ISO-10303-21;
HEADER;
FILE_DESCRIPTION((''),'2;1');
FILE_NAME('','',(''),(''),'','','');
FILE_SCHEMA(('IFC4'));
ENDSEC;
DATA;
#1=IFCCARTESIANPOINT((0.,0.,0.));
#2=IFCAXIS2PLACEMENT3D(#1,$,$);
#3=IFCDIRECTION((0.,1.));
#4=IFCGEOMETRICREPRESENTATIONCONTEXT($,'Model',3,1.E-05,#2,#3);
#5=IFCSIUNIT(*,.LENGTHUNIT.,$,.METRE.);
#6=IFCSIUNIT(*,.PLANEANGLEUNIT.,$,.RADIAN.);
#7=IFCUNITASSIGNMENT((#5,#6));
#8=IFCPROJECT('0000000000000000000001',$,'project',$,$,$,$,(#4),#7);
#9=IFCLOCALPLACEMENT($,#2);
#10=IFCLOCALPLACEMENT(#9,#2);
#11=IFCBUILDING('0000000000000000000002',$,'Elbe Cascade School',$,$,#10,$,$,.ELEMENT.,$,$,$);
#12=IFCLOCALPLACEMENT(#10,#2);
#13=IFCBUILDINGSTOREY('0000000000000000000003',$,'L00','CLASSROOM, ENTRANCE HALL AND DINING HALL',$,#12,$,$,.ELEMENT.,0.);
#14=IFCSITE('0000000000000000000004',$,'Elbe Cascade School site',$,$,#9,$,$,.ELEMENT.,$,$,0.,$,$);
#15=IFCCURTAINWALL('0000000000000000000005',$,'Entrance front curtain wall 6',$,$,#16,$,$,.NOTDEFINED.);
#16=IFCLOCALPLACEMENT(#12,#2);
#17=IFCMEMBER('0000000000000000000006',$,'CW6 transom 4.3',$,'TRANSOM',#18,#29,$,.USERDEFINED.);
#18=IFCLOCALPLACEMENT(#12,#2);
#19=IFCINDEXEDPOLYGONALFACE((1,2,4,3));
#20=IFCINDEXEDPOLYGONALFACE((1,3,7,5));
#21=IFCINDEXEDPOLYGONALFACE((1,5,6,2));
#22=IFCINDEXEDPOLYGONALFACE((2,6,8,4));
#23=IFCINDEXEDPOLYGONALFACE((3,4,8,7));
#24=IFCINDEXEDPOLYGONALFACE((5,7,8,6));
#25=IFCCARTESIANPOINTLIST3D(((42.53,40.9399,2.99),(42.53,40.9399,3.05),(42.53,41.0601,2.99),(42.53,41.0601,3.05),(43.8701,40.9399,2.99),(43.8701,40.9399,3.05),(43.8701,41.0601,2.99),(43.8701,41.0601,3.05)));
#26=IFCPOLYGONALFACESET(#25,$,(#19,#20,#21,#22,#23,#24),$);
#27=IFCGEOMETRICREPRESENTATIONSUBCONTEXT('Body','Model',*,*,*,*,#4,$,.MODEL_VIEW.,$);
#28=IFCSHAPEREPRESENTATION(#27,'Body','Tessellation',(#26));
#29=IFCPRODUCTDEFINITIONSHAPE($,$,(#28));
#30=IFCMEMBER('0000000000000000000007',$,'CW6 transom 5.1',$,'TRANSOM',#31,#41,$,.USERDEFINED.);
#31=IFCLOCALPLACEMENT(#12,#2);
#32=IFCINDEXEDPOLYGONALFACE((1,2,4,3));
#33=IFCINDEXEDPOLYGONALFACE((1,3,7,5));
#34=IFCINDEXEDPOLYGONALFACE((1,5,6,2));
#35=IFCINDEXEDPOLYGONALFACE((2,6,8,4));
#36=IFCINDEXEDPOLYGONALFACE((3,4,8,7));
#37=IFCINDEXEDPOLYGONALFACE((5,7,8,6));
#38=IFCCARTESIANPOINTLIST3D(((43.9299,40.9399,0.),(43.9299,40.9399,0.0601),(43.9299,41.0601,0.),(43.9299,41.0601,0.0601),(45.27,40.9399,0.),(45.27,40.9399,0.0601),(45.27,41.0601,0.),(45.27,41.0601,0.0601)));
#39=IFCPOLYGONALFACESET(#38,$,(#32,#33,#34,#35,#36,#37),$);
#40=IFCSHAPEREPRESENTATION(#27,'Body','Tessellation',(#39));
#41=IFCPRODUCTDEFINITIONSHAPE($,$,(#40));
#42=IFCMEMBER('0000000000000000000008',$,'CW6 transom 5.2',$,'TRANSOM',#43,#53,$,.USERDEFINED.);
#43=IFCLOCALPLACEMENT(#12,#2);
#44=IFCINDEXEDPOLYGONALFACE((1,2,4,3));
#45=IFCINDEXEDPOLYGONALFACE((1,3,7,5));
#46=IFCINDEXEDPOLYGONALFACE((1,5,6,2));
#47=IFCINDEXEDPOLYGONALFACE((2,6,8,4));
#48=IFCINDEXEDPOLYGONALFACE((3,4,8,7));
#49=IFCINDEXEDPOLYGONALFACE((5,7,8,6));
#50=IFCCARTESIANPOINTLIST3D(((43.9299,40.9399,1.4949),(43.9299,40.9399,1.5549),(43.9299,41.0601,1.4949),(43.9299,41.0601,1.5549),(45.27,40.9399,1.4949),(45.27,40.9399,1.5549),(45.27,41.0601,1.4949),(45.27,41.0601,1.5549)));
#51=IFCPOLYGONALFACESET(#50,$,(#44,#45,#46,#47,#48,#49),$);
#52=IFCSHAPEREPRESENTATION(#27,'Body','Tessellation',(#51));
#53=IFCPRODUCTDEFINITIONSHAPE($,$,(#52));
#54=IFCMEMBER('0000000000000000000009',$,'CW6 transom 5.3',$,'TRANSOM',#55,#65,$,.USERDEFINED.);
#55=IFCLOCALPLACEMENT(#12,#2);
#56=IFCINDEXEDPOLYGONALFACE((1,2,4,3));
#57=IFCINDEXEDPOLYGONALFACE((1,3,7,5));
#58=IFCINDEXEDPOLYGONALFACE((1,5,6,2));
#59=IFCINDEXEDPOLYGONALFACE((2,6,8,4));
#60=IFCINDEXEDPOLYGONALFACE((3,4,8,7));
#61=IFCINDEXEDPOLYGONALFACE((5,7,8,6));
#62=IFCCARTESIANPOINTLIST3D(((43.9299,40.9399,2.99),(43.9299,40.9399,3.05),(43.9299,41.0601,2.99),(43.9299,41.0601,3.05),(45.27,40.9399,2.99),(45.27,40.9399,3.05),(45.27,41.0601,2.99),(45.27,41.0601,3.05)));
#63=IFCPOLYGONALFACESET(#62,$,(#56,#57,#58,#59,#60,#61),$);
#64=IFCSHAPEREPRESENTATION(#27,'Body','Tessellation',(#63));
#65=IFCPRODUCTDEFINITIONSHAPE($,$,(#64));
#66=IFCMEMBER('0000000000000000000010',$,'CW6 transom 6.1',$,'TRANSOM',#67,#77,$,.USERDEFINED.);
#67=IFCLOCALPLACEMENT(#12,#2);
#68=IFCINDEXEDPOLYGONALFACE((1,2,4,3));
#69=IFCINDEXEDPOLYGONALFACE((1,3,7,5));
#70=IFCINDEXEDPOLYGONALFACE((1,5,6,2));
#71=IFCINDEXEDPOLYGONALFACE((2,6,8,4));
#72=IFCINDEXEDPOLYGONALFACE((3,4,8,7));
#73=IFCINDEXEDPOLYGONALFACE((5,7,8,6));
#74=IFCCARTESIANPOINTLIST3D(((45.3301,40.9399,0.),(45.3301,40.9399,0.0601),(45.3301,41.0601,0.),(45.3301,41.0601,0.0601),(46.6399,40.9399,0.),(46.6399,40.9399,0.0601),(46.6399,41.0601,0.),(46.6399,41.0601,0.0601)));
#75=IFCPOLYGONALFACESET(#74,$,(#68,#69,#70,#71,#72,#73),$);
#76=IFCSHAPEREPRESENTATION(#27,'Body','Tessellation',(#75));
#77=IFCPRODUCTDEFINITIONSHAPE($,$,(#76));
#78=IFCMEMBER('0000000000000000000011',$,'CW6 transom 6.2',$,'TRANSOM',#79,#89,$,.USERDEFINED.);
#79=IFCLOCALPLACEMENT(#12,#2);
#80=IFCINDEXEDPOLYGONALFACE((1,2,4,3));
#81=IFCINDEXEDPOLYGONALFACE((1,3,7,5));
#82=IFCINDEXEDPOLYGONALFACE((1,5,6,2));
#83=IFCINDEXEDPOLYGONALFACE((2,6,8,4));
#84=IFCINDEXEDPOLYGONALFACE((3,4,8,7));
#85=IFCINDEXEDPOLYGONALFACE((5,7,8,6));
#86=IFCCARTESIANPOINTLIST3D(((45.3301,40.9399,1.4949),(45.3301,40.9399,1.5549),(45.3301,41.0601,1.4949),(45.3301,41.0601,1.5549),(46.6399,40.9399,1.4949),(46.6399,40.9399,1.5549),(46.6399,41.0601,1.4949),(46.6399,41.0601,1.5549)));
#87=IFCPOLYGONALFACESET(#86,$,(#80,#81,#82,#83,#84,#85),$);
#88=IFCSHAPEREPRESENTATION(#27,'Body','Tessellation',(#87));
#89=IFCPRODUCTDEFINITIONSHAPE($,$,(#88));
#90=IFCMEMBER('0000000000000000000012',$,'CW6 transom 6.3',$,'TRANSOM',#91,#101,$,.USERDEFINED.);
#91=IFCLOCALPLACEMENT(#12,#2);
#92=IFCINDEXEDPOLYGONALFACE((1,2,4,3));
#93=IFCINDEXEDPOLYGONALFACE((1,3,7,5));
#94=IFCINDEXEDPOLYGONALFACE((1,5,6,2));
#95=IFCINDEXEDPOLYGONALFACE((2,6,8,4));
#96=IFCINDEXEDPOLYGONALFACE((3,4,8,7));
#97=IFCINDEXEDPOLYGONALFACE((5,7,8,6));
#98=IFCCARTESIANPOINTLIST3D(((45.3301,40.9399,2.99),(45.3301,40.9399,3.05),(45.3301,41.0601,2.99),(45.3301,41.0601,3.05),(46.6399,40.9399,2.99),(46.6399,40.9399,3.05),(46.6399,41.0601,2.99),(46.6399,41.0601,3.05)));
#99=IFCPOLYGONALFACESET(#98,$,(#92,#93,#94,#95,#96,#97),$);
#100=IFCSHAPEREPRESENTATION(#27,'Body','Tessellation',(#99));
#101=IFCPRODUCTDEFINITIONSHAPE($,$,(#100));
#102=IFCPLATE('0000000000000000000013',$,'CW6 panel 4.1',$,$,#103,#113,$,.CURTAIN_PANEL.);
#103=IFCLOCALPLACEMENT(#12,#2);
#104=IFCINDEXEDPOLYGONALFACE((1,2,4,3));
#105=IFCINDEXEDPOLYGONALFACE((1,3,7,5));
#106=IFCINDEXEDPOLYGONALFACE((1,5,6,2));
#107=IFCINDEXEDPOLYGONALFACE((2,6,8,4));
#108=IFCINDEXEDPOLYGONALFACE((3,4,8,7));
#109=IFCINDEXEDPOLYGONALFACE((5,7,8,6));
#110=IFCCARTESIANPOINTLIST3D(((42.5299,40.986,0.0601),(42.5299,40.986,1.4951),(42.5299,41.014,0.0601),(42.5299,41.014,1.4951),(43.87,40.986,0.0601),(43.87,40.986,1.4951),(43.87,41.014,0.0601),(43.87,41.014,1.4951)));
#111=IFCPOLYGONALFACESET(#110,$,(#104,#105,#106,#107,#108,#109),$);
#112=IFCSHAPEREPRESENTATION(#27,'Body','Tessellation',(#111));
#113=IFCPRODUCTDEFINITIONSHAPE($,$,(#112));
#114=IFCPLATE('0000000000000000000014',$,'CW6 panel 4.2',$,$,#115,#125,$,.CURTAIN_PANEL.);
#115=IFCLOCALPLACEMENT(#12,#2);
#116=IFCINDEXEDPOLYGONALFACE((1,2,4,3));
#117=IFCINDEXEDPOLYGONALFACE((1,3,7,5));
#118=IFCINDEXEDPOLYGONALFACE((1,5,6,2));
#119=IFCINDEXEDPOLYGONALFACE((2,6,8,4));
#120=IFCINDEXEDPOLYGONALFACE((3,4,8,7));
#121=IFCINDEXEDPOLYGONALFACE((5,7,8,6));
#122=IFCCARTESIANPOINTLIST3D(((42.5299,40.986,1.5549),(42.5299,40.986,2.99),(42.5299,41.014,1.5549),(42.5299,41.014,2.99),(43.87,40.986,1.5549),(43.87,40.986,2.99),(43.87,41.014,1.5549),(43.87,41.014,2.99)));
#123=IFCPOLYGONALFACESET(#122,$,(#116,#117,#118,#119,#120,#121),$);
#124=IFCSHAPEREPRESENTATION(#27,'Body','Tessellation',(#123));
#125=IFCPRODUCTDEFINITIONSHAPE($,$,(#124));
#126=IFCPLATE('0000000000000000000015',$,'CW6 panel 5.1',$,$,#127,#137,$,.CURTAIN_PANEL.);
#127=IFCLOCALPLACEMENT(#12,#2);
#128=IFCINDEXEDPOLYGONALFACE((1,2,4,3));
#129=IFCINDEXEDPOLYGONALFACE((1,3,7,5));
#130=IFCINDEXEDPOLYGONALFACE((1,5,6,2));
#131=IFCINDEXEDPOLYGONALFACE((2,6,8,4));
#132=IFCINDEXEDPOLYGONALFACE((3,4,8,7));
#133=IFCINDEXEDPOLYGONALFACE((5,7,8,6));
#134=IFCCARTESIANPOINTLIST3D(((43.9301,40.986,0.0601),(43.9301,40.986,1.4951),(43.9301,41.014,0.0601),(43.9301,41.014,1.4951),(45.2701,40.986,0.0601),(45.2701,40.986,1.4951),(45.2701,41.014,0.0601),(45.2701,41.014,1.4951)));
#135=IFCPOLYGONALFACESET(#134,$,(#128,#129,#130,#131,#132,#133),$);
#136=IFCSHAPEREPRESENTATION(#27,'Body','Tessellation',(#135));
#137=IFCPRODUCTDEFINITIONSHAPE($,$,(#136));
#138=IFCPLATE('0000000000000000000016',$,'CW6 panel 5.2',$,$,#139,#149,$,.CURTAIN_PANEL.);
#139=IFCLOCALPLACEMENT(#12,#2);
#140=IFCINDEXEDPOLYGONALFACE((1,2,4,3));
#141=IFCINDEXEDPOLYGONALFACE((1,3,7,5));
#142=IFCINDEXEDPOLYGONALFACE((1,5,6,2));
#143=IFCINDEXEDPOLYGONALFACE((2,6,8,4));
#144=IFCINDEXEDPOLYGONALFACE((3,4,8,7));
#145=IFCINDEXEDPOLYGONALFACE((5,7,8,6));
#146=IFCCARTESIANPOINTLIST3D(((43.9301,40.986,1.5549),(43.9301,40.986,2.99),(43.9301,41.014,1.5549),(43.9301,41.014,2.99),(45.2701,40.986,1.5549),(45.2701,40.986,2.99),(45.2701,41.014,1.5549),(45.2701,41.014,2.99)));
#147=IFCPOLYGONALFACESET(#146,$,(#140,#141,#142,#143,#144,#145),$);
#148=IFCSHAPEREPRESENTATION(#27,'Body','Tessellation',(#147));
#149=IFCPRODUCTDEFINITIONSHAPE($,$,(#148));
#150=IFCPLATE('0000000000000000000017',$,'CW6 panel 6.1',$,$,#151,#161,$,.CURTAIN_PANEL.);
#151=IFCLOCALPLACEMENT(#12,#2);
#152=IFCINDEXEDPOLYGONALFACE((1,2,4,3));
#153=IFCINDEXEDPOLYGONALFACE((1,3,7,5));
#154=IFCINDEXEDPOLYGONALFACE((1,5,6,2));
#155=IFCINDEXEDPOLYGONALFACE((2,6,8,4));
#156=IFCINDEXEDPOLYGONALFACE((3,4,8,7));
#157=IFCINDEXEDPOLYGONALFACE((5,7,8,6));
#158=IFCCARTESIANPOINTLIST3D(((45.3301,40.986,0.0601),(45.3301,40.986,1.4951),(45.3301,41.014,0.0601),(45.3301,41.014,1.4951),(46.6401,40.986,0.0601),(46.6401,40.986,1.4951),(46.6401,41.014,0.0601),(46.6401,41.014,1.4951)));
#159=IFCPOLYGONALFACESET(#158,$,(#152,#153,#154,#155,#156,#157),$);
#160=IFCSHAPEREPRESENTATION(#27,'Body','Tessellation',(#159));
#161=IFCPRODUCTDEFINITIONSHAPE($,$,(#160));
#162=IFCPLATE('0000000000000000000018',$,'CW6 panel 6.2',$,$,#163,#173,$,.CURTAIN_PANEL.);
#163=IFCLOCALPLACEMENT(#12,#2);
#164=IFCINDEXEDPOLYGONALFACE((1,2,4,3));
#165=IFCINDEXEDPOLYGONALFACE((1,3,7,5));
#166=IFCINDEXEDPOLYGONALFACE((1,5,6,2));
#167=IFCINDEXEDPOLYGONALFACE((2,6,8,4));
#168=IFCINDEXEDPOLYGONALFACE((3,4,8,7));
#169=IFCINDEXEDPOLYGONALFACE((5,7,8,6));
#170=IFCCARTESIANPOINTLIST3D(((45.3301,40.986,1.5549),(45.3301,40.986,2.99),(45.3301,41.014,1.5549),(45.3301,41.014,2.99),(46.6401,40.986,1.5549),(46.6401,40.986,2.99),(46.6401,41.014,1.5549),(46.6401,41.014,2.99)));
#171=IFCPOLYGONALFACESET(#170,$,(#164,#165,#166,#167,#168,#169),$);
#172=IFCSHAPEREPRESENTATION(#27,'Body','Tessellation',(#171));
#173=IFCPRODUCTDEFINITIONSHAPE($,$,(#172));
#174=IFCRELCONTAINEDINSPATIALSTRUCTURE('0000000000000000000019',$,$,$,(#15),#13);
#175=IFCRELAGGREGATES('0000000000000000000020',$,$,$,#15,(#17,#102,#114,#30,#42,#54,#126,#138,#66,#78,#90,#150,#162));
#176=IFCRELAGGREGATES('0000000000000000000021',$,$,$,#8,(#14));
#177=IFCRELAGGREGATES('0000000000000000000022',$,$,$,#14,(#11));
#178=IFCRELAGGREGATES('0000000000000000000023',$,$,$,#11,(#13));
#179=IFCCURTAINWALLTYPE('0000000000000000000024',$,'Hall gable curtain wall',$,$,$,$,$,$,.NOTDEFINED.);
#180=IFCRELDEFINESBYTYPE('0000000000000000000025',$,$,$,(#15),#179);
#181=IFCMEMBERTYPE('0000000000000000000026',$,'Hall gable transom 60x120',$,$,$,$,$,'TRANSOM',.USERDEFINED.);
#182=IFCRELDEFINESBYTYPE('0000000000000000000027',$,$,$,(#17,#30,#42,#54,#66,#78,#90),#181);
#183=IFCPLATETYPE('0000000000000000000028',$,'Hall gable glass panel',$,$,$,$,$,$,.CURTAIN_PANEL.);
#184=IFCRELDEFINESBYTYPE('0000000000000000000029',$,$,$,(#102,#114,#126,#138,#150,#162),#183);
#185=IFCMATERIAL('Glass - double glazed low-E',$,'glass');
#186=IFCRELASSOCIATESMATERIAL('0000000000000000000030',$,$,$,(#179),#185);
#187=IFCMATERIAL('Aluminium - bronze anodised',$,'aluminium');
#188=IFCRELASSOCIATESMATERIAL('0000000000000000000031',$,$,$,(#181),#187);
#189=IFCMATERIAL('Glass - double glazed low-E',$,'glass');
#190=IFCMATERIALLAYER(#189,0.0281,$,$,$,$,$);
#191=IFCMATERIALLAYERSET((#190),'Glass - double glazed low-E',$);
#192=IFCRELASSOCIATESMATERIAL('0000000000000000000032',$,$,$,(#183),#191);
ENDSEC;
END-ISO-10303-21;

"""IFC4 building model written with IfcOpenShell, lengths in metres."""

from ifc_helpers import new_model, si_unit, direction, frame, origin, origin_2d, place, context, subcontext, project, spatial, rectangle, extrude, material, layer, layer_set, material_profile, profile_set, type_object, element, aggregate, save


model = new_model("IFC4")

# Units and contexts
model_context = context("Model", 3, precision=1e-05, world=origin(), true_north=direction((0.0, 1.0)))
body_context = subcontext(model_context, "Body", "Model", "MODEL_VIEW")
ifc_project = project(units=[si_unit("LENGTHUNIT", "METRE"), si_unit("PLANEANGLEUNIT", "RADIAN")], contexts=[model_context])

# Site, building, storey
site_placement = place(None, origin())
site = spatial("IfcSite", under=ifc_project, at=site_placement, Name="Elbe Cascade School site", CompositionType="ELEMENT", RefElevation=0.0)
building_placement = place(site_placement, origin())
building = spatial("IfcBuilding", under=site, at=building_placement, Name="Elbe Cascade School", CompositionType="ELEMENT")
storey_placement = place(building_placement, origin())
storey = spatial("IfcBuildingStorey", under=building, at=storey_placement, Name="L00", Description="CLASSROOM, ENTRANCE HALL AND DINING HALL", CompositionType="ELEMENT", Elevation=0.0)

# Curtain wall, members, plates
ifc_material_1 = material(Name="Glass - double glazed low-E", Category="glass")
curtain_wall_type = type_object("IfcCurtainWallType", Name="Hall gable curtain wall", PredefinedType="NOTDEFINED", material=ifc_material_1)
curtain_wall_placement = place(storey_placement, origin())
curtain_wall = element("IfcCurtainWall", 1, at=curtain_wall_placement, inside=storey, type_object=curtain_wall_type, Name="Entrance front curtain wall 6", PredefinedType="NOTDEFINED")
ifc_material_2 = material(Name="Aluminium - bronze anodised", Category="aluminium")
ifc_material_profile_1 = material_profile(ifc_material_2, rectangle(XDim=0.1201, YDim=0.0601, at=origin_2d()), Name="Alu 60x120")
ifc_profile_set_1 = profile_set([ifc_material_profile_1], Name="Aluminium - bronze anodised")
member_type_1 = type_object("IfcMemberType", Name="Hall gable transom 60x120", ElementType="TRANSOM", PredefinedType="USERDEFINED", material=ifc_profile_set_1)
member_1_placement = place(storey_placement, frame((42.53, 41.0, 3.02), z_axis=(1.0, 0.0, 0.0), x_axis=(0.0, 1.0, 0.0)))
member_1 = element("IfcMember", 2, at=member_1_placement, type_object=member_type_1, Name="CW6 transom 4.3", ObjectType="TRANSOM", PredefinedType="USERDEFINED", context=body_context, shape_type="SweptSolid", body=[
    extrude(rectangle(XDim=0.1201, YDim=0.0601, at=origin_2d()), origin(), (0.0, 0.0, 1.0), 1.3401),
])
member_2_placement = place(storey_placement, frame((43.9299, 41.0, 0.03), z_axis=(1.0, 0.0, 0.0), x_axis=(0.0, 1.0, 0.0)))
member_2 = element("IfcMember", 3, at=member_2_placement, type_object=member_type_1, Name="CW6 transom 5.1", ObjectType="TRANSOM", PredefinedType="USERDEFINED", context=body_context, shape_type="SweptSolid", body=[
    extrude(rectangle(XDim=0.1201, YDim=0.0601, at=origin_2d()), origin(), (0.0, 0.0, 1.0), 1.3401),
])
member_3_placement = place(storey_placement, frame((43.9299, 41.0, 1.5249), z_axis=(1.0, 0.0, 0.0), x_axis=(0.0, 1.0, 0.0)))
member_3 = element("IfcMember", 4, at=member_3_placement, type_object=member_type_1, Name="CW6 transom 5.2", ObjectType="TRANSOM", PredefinedType="USERDEFINED", context=body_context, shape_type="SweptSolid", body=[
    extrude(rectangle(XDim=0.1201, YDim=0.0601, at=origin_2d()), origin(), (0.0, 0.0, 1.0), 1.3401),
])
member_4_placement = place(storey_placement, frame((43.9299, 41.0, 3.02), z_axis=(1.0, 0.0, 0.0), x_axis=(0.0, 1.0, 0.0)))
member_4 = element("IfcMember", 5, at=member_4_placement, type_object=member_type_1, Name="CW6 transom 5.3", ObjectType="TRANSOM", PredefinedType="USERDEFINED", context=body_context, shape_type="SweptSolid", body=[
    extrude(rectangle(XDim=0.1201, YDim=0.0601, at=origin_2d()), origin(), (0.0, 0.0, 1.0), 1.3401),
])
member_5_placement = place(storey_placement, frame((45.3301, 41.0, 0.03), z_axis=(1.0, 0.0, 0.0), x_axis=(0.0, 1.0, 0.0)))
member_5 = element("IfcMember", 6, at=member_5_placement, type_object=member_type_1, Name="CW6 transom 6.1", ObjectType="TRANSOM", PredefinedType="USERDEFINED", context=body_context, shape_type="SweptSolid", body=[
    extrude(rectangle(XDim=0.1201, YDim=0.0601, at=origin_2d()), origin(), (0.0, 0.0, 1.0), 1.3098),
])
member_6_placement = place(storey_placement, frame((45.3301, 41.0, 1.5249), z_axis=(1.0, 0.0, 0.0), x_axis=(0.0, 1.0, 0.0)))
member_6 = element("IfcMember", 7, at=member_6_placement, type_object=member_type_1, Name="CW6 transom 6.2", ObjectType="TRANSOM", PredefinedType="USERDEFINED", context=body_context, shape_type="SweptSolid", body=[
    extrude(rectangle(XDim=0.1201, YDim=0.0601, at=origin_2d()), origin(), (0.0, 0.0, 1.0), 1.3098),
])
member_7_placement = place(storey_placement, frame((45.3301, 41.0, 3.02), z_axis=(1.0, 0.0, 0.0), x_axis=(0.0, 1.0, 0.0)))
member_7 = element("IfcMember", 8, at=member_7_placement, type_object=member_type_1, Name="CW6 transom 6.3", ObjectType="TRANSOM", PredefinedType="USERDEFINED", context=body_context, shape_type="SweptSolid", body=[
    extrude(rectangle(XDim=0.1201, YDim=0.0601, at=origin_2d()), origin(), (0.0, 0.0, 1.0), 1.3098),
])
ifc_material_3 = material(Name="Glass - double glazed low-E", Category="glass")
ifc_layer_1 = layer(ifc_material_3, 0.0281)
ifc_layer_set_1 = layer_set([ifc_layer_1], Name="Glass - double glazed low-E")
plate_type = type_object("IfcPlateType", Name="Hall gable glass panel", PredefinedType="CURTAIN_PANEL", material=ifc_layer_set_1)
plate_1_placement = place(storey_placement, frame((43.2, 41.0, 0.0601), z_axis=(0.0, 0.0, 1.0), x_axis=(1.0, 0.0, 0.0)))
plate_1 = element("IfcPlate", 9, at=plate_1_placement, type_object=plate_type, Name="CW6 panel 4.1", PredefinedType="CURTAIN_PANEL", context=body_context, shape_type="SweptSolid", body=[
    extrude(rectangle(XDim=1.3401, YDim=0.0281, at=origin_2d()), origin(), (0.0, 0.0, 1.0), 1.4351),
])
plate_2_placement = place(storey_placement, frame((43.2, 41.0, 1.5549), z_axis=(0.0, 0.0, 1.0), x_axis=(1.0, 0.0, 0.0)))
plate_2 = element("IfcPlate", 10, at=plate_2_placement, type_object=plate_type, Name="CW6 panel 4.2", PredefinedType="CURTAIN_PANEL", context=body_context, shape_type="SweptSolid", body=[
    extrude(rectangle(XDim=1.3401, YDim=0.0281, at=origin_2d()), origin(), (0.0, 0.0, 1.0), 1.4351),
])
plate_3_placement = place(storey_placement, frame((44.6001, 41.0, 0.0601), z_axis=(0.0, 0.0, 1.0), x_axis=(1.0, 0.0, 0.0)))
plate_3 = element("IfcPlate", 11, at=plate_3_placement, type_object=plate_type, Name="CW6 panel 5.1", PredefinedType="CURTAIN_PANEL", context=body_context, shape_type="SweptSolid", body=[
    extrude(rectangle(XDim=1.3401, YDim=0.0281, at=origin_2d()), origin(), (0.0, 0.0, 1.0), 1.4351),
])
plate_4_placement = place(storey_placement, frame((44.6001, 41.0, 1.5549), z_axis=(0.0, 0.0, 1.0), x_axis=(1.0, 0.0, 0.0)))
plate_4 = element("IfcPlate", 12, at=plate_4_placement, type_object=plate_type, Name="CW6 panel 5.2", PredefinedType="CURTAIN_PANEL", context=body_context, shape_type="SweptSolid", body=[
    extrude(rectangle(XDim=1.3401, YDim=0.0281, at=origin_2d()), origin(), (0.0, 0.0, 1.0), 1.4351),
])
plate_5_placement = place(storey_placement, frame((45.9851, 41.0, 0.0601), z_axis=(0.0, 0.0, 1.0), x_axis=(1.0, 0.0, 0.0)))
plate_5 = element("IfcPlate", 13, at=plate_5_placement, type_object=plate_type, Name="CW6 panel 6.1", PredefinedType="CURTAIN_PANEL", context=body_context, shape_type="SweptSolid", body=[
    extrude(rectangle(XDim=1.3101, YDim=0.0281, at=origin_2d()), origin(), (0.0, 0.0, 1.0), 1.4351),
])
plate_6_placement = place(storey_placement, frame((45.9851, 41.0, 1.5549), z_axis=(0.0, 0.0, 1.0), x_axis=(1.0, 0.0, 0.0)))
plate_6 = element("IfcPlate", 14, at=plate_6_placement, type_object=plate_type, Name="CW6 panel 6.2", PredefinedType="CURTAIN_PANEL", context=body_context, shape_type="SweptSolid", body=[
    extrude(rectangle(XDim=1.3101, YDim=0.0281, at=origin_2d()), origin(), (0.0, 0.0, 1.0), 1.4351),
])
aggregate(curtain_wall, [member_1, plate_1, plate_2, member_2, member_3, member_4, plate_3, plate_4, member_5, member_6, member_7, plate_5, plate_6])

save(model, "model.ifc")
